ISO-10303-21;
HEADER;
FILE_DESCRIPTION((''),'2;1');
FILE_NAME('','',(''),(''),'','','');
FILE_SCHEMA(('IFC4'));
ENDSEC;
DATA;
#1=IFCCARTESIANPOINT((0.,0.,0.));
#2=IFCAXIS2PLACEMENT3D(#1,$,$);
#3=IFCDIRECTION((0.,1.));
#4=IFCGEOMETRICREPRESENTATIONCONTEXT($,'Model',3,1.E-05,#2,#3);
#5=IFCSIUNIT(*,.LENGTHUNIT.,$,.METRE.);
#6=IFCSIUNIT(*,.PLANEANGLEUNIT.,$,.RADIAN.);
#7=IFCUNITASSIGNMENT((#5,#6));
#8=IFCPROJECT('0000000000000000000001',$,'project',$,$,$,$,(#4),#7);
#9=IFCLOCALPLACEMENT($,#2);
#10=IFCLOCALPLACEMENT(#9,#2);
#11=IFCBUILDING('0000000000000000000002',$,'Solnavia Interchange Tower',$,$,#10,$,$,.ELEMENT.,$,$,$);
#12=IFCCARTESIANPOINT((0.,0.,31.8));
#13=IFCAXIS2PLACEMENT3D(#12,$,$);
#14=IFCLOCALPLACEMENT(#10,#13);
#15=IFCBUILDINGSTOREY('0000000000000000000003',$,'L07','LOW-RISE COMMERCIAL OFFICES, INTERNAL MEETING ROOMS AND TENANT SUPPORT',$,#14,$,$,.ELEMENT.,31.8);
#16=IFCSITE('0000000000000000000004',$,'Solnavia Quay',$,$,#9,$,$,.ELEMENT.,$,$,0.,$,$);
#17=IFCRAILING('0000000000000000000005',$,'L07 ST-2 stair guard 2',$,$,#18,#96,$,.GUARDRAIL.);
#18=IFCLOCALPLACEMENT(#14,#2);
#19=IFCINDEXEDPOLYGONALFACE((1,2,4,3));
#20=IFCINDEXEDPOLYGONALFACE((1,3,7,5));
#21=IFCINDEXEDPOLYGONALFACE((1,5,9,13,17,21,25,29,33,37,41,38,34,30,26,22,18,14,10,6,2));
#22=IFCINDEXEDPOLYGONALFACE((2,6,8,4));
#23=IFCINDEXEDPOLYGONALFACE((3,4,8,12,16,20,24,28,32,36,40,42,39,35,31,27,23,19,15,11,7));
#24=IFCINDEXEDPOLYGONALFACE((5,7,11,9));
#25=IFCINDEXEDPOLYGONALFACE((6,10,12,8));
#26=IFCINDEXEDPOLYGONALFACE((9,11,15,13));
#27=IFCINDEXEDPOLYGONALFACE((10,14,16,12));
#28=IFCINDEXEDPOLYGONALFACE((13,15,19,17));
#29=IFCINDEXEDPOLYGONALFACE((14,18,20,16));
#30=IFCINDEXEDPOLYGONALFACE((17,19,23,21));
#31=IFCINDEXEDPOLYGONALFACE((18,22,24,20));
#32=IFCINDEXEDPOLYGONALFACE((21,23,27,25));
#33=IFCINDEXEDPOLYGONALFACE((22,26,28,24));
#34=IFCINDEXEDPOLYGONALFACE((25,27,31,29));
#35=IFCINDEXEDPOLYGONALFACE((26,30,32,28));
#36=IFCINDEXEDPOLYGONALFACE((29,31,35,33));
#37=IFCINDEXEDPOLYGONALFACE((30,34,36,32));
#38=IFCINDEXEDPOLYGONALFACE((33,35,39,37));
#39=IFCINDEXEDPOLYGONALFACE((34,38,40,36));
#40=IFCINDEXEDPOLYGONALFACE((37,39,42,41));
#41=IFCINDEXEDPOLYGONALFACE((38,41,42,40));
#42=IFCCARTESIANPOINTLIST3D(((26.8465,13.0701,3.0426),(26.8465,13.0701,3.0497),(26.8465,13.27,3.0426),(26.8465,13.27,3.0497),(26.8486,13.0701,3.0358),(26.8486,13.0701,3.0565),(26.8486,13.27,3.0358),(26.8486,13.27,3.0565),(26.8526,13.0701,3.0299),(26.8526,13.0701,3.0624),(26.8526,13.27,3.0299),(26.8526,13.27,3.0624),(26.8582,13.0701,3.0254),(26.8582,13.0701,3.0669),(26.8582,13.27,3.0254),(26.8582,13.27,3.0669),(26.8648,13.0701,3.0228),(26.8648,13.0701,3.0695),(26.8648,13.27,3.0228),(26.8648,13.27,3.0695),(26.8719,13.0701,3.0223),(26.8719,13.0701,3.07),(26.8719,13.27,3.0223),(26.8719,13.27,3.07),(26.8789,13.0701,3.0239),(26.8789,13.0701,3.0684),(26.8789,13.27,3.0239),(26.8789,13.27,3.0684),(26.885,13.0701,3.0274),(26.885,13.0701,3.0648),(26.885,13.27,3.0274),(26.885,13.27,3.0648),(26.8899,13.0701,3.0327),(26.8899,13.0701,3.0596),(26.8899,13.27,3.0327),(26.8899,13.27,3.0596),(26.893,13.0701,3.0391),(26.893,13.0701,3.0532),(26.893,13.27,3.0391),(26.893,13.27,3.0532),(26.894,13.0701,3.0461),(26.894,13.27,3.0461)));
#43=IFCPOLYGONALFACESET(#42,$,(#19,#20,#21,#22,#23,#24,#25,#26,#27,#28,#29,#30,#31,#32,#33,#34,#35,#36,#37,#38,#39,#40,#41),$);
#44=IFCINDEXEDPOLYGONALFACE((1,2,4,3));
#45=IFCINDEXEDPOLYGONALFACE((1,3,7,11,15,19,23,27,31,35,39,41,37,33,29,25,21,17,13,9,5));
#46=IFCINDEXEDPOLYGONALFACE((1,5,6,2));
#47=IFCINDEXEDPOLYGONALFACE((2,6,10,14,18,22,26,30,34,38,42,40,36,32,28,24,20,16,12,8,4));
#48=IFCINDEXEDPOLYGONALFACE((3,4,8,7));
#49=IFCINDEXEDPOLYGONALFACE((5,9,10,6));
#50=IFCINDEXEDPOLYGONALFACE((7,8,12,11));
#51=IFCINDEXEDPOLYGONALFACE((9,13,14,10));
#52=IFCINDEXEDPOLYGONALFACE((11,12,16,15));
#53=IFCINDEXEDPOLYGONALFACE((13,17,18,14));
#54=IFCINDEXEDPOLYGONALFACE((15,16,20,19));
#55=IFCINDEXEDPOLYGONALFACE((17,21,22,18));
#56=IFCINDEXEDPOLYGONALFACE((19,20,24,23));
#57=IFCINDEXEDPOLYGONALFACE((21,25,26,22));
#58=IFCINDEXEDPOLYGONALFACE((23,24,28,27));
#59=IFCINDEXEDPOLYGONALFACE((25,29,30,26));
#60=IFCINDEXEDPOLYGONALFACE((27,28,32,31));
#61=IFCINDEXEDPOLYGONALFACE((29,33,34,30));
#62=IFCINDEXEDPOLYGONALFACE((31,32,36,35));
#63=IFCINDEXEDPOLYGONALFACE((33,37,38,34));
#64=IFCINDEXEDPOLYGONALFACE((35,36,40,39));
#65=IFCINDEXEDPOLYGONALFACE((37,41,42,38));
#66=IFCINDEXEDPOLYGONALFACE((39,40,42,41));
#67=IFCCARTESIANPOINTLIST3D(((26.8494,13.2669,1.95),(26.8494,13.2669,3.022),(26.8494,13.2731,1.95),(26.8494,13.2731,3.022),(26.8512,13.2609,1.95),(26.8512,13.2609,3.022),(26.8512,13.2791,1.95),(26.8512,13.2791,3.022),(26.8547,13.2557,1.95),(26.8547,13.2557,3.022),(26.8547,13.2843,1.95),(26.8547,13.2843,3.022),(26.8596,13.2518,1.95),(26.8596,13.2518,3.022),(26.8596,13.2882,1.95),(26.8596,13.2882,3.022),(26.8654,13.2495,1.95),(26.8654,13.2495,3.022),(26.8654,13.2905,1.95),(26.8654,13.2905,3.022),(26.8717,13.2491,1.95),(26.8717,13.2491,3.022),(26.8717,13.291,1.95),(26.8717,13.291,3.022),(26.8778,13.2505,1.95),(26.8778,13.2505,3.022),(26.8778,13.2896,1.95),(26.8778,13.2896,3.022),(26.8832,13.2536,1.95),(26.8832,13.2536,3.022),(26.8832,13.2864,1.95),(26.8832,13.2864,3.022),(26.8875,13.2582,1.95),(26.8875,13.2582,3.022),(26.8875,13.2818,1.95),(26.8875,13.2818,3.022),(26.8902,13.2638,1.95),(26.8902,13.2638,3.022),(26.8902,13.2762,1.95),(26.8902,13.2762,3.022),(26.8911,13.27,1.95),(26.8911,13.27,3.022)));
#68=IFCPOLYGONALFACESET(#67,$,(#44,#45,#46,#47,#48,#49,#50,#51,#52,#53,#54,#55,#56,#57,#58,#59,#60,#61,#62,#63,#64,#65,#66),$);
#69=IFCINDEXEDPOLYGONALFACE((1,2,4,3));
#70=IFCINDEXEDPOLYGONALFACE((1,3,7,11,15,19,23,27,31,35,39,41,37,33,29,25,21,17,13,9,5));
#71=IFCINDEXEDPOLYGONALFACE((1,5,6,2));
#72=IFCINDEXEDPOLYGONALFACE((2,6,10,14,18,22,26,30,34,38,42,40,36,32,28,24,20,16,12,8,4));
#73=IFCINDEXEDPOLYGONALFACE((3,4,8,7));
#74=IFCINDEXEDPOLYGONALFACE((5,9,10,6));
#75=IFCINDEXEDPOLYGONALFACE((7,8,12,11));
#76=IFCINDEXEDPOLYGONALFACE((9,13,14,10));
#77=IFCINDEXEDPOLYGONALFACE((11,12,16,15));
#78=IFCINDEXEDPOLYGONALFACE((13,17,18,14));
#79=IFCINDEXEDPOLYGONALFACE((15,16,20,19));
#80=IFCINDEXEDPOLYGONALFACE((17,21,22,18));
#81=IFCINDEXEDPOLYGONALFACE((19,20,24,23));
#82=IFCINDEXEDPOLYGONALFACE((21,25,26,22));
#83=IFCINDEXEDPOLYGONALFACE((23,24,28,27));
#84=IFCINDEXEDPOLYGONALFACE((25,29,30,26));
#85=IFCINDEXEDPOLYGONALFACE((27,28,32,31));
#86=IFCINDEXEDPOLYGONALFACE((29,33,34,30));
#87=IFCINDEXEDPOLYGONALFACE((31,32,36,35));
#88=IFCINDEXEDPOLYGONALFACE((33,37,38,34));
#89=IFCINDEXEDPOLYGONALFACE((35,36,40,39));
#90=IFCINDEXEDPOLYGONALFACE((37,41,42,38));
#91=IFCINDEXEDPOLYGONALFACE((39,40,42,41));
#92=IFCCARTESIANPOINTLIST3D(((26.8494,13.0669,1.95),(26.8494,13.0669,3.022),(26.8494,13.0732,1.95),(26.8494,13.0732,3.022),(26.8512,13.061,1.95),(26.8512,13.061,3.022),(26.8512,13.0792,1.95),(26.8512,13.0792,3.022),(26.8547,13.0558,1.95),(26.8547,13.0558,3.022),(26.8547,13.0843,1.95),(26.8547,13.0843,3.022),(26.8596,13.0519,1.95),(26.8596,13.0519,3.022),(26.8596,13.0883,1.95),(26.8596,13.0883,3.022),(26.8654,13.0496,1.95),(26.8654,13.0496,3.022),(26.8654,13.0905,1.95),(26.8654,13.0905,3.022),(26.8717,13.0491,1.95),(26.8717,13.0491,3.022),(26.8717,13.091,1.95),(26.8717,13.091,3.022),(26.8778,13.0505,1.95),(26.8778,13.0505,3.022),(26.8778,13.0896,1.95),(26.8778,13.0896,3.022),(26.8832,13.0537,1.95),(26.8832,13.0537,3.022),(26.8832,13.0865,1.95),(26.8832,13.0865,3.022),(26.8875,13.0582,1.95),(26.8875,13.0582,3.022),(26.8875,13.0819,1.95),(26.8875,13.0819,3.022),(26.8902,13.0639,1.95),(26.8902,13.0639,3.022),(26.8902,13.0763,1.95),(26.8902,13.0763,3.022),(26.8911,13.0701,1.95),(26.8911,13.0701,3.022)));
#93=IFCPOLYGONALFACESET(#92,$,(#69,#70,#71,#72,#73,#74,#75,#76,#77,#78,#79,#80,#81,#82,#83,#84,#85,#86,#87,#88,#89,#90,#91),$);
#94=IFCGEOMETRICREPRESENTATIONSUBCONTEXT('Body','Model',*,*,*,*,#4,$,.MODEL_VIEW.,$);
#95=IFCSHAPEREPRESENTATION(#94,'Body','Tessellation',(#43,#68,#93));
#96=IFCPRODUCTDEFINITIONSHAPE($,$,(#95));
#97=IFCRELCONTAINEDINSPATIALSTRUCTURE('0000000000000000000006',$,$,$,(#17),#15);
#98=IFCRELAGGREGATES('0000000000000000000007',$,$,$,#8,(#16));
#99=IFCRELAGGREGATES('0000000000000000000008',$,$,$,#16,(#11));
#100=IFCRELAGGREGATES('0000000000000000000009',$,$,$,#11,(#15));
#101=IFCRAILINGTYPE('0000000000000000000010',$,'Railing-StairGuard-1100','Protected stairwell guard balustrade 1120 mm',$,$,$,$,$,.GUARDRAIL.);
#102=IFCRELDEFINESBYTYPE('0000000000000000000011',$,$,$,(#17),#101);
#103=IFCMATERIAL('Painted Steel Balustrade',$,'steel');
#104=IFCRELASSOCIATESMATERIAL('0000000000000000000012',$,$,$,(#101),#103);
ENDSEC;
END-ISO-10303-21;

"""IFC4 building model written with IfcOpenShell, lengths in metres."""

from ifc_helpers import new_model, si_unit, direction, frame, origin, origin_2d, place, context, subcontext, project, spatial, circle, extrude, material, type_object, element, save


model = new_model("IFC4")

# Units and contexts
model_context = context("Model", 3, precision=1e-05, world=origin(), true_north=direction((0.0, 1.0)))
body_context = subcontext(model_context, "Body", "Model", "MODEL_VIEW")
ifc_project = project(units=[si_unit("LENGTHUNIT", "METRE"), si_unit("PLANEANGLEUNIT", "RADIAN")], contexts=[model_context])

# Site, building, storey
site_placement = place(None, origin())
site = spatial("IfcSite", under=ifc_project, at=site_placement, Name="Solnavia Quay", CompositionType="ELEMENT", RefElevation=0.0)
building_placement = place(site_placement, origin())
building = spatial("IfcBuilding", under=site, at=building_placement, Name="Solnavia Interchange Tower", CompositionType="ELEMENT")
storey_placement = place(building_placement, frame((0.0, 0.0, 31.8)))
storey = spatial("IfcBuildingStorey", under=building, at=storey_placement, Name="L07", Description="LOW-RISE COMMERCIAL OFFICES, INTERNAL MEETING ROOMS AND TENANT SUPPORT", CompositionType="ELEMENT", Elevation=31.8)

# Railing
ifc_material_1 = material(Name="Painted Steel Balustrade", Category="steel")
railing_type_1 = type_object("IfcRailingType", Name="Railing-StairGuard-1100", Description="Protected stairwell guard balustrade 1120 mm", PredefinedType="GUARDRAIL", material=ifc_material_1)
railing_1_placement = place(storey_placement, frame((26.8701, 13.27, 1.95)))
element("IfcRailing", 1, at=railing_1_placement, inside=storey, type_object=railing_type_1, Name="L07 ST-2 stair guard 2", PredefinedType="GUARDRAIL", context=body_context, shape_type="SweptSolid", body=[
    extrude(circle(Radius=0.0239, at=origin_2d()), frame((0.0, 0.0, 1.0962), z_axis=(0.0, -1.0, 0.0), x_axis=(1.0, 0.0, 0.0)), (0.0, 0.0, 1.0), 0.2),
    extrude(circle(Radius=0.021, at=origin_2d()), origin(), (0.0, 0.0, 1.0), 1.072),
    extrude(circle(Radius=0.021, at=origin_2d()), frame((0.0, -0.2, 0.0)), (0.0, 0.0, 1.0), 1.072),
])

save(model, "model.ifc")
